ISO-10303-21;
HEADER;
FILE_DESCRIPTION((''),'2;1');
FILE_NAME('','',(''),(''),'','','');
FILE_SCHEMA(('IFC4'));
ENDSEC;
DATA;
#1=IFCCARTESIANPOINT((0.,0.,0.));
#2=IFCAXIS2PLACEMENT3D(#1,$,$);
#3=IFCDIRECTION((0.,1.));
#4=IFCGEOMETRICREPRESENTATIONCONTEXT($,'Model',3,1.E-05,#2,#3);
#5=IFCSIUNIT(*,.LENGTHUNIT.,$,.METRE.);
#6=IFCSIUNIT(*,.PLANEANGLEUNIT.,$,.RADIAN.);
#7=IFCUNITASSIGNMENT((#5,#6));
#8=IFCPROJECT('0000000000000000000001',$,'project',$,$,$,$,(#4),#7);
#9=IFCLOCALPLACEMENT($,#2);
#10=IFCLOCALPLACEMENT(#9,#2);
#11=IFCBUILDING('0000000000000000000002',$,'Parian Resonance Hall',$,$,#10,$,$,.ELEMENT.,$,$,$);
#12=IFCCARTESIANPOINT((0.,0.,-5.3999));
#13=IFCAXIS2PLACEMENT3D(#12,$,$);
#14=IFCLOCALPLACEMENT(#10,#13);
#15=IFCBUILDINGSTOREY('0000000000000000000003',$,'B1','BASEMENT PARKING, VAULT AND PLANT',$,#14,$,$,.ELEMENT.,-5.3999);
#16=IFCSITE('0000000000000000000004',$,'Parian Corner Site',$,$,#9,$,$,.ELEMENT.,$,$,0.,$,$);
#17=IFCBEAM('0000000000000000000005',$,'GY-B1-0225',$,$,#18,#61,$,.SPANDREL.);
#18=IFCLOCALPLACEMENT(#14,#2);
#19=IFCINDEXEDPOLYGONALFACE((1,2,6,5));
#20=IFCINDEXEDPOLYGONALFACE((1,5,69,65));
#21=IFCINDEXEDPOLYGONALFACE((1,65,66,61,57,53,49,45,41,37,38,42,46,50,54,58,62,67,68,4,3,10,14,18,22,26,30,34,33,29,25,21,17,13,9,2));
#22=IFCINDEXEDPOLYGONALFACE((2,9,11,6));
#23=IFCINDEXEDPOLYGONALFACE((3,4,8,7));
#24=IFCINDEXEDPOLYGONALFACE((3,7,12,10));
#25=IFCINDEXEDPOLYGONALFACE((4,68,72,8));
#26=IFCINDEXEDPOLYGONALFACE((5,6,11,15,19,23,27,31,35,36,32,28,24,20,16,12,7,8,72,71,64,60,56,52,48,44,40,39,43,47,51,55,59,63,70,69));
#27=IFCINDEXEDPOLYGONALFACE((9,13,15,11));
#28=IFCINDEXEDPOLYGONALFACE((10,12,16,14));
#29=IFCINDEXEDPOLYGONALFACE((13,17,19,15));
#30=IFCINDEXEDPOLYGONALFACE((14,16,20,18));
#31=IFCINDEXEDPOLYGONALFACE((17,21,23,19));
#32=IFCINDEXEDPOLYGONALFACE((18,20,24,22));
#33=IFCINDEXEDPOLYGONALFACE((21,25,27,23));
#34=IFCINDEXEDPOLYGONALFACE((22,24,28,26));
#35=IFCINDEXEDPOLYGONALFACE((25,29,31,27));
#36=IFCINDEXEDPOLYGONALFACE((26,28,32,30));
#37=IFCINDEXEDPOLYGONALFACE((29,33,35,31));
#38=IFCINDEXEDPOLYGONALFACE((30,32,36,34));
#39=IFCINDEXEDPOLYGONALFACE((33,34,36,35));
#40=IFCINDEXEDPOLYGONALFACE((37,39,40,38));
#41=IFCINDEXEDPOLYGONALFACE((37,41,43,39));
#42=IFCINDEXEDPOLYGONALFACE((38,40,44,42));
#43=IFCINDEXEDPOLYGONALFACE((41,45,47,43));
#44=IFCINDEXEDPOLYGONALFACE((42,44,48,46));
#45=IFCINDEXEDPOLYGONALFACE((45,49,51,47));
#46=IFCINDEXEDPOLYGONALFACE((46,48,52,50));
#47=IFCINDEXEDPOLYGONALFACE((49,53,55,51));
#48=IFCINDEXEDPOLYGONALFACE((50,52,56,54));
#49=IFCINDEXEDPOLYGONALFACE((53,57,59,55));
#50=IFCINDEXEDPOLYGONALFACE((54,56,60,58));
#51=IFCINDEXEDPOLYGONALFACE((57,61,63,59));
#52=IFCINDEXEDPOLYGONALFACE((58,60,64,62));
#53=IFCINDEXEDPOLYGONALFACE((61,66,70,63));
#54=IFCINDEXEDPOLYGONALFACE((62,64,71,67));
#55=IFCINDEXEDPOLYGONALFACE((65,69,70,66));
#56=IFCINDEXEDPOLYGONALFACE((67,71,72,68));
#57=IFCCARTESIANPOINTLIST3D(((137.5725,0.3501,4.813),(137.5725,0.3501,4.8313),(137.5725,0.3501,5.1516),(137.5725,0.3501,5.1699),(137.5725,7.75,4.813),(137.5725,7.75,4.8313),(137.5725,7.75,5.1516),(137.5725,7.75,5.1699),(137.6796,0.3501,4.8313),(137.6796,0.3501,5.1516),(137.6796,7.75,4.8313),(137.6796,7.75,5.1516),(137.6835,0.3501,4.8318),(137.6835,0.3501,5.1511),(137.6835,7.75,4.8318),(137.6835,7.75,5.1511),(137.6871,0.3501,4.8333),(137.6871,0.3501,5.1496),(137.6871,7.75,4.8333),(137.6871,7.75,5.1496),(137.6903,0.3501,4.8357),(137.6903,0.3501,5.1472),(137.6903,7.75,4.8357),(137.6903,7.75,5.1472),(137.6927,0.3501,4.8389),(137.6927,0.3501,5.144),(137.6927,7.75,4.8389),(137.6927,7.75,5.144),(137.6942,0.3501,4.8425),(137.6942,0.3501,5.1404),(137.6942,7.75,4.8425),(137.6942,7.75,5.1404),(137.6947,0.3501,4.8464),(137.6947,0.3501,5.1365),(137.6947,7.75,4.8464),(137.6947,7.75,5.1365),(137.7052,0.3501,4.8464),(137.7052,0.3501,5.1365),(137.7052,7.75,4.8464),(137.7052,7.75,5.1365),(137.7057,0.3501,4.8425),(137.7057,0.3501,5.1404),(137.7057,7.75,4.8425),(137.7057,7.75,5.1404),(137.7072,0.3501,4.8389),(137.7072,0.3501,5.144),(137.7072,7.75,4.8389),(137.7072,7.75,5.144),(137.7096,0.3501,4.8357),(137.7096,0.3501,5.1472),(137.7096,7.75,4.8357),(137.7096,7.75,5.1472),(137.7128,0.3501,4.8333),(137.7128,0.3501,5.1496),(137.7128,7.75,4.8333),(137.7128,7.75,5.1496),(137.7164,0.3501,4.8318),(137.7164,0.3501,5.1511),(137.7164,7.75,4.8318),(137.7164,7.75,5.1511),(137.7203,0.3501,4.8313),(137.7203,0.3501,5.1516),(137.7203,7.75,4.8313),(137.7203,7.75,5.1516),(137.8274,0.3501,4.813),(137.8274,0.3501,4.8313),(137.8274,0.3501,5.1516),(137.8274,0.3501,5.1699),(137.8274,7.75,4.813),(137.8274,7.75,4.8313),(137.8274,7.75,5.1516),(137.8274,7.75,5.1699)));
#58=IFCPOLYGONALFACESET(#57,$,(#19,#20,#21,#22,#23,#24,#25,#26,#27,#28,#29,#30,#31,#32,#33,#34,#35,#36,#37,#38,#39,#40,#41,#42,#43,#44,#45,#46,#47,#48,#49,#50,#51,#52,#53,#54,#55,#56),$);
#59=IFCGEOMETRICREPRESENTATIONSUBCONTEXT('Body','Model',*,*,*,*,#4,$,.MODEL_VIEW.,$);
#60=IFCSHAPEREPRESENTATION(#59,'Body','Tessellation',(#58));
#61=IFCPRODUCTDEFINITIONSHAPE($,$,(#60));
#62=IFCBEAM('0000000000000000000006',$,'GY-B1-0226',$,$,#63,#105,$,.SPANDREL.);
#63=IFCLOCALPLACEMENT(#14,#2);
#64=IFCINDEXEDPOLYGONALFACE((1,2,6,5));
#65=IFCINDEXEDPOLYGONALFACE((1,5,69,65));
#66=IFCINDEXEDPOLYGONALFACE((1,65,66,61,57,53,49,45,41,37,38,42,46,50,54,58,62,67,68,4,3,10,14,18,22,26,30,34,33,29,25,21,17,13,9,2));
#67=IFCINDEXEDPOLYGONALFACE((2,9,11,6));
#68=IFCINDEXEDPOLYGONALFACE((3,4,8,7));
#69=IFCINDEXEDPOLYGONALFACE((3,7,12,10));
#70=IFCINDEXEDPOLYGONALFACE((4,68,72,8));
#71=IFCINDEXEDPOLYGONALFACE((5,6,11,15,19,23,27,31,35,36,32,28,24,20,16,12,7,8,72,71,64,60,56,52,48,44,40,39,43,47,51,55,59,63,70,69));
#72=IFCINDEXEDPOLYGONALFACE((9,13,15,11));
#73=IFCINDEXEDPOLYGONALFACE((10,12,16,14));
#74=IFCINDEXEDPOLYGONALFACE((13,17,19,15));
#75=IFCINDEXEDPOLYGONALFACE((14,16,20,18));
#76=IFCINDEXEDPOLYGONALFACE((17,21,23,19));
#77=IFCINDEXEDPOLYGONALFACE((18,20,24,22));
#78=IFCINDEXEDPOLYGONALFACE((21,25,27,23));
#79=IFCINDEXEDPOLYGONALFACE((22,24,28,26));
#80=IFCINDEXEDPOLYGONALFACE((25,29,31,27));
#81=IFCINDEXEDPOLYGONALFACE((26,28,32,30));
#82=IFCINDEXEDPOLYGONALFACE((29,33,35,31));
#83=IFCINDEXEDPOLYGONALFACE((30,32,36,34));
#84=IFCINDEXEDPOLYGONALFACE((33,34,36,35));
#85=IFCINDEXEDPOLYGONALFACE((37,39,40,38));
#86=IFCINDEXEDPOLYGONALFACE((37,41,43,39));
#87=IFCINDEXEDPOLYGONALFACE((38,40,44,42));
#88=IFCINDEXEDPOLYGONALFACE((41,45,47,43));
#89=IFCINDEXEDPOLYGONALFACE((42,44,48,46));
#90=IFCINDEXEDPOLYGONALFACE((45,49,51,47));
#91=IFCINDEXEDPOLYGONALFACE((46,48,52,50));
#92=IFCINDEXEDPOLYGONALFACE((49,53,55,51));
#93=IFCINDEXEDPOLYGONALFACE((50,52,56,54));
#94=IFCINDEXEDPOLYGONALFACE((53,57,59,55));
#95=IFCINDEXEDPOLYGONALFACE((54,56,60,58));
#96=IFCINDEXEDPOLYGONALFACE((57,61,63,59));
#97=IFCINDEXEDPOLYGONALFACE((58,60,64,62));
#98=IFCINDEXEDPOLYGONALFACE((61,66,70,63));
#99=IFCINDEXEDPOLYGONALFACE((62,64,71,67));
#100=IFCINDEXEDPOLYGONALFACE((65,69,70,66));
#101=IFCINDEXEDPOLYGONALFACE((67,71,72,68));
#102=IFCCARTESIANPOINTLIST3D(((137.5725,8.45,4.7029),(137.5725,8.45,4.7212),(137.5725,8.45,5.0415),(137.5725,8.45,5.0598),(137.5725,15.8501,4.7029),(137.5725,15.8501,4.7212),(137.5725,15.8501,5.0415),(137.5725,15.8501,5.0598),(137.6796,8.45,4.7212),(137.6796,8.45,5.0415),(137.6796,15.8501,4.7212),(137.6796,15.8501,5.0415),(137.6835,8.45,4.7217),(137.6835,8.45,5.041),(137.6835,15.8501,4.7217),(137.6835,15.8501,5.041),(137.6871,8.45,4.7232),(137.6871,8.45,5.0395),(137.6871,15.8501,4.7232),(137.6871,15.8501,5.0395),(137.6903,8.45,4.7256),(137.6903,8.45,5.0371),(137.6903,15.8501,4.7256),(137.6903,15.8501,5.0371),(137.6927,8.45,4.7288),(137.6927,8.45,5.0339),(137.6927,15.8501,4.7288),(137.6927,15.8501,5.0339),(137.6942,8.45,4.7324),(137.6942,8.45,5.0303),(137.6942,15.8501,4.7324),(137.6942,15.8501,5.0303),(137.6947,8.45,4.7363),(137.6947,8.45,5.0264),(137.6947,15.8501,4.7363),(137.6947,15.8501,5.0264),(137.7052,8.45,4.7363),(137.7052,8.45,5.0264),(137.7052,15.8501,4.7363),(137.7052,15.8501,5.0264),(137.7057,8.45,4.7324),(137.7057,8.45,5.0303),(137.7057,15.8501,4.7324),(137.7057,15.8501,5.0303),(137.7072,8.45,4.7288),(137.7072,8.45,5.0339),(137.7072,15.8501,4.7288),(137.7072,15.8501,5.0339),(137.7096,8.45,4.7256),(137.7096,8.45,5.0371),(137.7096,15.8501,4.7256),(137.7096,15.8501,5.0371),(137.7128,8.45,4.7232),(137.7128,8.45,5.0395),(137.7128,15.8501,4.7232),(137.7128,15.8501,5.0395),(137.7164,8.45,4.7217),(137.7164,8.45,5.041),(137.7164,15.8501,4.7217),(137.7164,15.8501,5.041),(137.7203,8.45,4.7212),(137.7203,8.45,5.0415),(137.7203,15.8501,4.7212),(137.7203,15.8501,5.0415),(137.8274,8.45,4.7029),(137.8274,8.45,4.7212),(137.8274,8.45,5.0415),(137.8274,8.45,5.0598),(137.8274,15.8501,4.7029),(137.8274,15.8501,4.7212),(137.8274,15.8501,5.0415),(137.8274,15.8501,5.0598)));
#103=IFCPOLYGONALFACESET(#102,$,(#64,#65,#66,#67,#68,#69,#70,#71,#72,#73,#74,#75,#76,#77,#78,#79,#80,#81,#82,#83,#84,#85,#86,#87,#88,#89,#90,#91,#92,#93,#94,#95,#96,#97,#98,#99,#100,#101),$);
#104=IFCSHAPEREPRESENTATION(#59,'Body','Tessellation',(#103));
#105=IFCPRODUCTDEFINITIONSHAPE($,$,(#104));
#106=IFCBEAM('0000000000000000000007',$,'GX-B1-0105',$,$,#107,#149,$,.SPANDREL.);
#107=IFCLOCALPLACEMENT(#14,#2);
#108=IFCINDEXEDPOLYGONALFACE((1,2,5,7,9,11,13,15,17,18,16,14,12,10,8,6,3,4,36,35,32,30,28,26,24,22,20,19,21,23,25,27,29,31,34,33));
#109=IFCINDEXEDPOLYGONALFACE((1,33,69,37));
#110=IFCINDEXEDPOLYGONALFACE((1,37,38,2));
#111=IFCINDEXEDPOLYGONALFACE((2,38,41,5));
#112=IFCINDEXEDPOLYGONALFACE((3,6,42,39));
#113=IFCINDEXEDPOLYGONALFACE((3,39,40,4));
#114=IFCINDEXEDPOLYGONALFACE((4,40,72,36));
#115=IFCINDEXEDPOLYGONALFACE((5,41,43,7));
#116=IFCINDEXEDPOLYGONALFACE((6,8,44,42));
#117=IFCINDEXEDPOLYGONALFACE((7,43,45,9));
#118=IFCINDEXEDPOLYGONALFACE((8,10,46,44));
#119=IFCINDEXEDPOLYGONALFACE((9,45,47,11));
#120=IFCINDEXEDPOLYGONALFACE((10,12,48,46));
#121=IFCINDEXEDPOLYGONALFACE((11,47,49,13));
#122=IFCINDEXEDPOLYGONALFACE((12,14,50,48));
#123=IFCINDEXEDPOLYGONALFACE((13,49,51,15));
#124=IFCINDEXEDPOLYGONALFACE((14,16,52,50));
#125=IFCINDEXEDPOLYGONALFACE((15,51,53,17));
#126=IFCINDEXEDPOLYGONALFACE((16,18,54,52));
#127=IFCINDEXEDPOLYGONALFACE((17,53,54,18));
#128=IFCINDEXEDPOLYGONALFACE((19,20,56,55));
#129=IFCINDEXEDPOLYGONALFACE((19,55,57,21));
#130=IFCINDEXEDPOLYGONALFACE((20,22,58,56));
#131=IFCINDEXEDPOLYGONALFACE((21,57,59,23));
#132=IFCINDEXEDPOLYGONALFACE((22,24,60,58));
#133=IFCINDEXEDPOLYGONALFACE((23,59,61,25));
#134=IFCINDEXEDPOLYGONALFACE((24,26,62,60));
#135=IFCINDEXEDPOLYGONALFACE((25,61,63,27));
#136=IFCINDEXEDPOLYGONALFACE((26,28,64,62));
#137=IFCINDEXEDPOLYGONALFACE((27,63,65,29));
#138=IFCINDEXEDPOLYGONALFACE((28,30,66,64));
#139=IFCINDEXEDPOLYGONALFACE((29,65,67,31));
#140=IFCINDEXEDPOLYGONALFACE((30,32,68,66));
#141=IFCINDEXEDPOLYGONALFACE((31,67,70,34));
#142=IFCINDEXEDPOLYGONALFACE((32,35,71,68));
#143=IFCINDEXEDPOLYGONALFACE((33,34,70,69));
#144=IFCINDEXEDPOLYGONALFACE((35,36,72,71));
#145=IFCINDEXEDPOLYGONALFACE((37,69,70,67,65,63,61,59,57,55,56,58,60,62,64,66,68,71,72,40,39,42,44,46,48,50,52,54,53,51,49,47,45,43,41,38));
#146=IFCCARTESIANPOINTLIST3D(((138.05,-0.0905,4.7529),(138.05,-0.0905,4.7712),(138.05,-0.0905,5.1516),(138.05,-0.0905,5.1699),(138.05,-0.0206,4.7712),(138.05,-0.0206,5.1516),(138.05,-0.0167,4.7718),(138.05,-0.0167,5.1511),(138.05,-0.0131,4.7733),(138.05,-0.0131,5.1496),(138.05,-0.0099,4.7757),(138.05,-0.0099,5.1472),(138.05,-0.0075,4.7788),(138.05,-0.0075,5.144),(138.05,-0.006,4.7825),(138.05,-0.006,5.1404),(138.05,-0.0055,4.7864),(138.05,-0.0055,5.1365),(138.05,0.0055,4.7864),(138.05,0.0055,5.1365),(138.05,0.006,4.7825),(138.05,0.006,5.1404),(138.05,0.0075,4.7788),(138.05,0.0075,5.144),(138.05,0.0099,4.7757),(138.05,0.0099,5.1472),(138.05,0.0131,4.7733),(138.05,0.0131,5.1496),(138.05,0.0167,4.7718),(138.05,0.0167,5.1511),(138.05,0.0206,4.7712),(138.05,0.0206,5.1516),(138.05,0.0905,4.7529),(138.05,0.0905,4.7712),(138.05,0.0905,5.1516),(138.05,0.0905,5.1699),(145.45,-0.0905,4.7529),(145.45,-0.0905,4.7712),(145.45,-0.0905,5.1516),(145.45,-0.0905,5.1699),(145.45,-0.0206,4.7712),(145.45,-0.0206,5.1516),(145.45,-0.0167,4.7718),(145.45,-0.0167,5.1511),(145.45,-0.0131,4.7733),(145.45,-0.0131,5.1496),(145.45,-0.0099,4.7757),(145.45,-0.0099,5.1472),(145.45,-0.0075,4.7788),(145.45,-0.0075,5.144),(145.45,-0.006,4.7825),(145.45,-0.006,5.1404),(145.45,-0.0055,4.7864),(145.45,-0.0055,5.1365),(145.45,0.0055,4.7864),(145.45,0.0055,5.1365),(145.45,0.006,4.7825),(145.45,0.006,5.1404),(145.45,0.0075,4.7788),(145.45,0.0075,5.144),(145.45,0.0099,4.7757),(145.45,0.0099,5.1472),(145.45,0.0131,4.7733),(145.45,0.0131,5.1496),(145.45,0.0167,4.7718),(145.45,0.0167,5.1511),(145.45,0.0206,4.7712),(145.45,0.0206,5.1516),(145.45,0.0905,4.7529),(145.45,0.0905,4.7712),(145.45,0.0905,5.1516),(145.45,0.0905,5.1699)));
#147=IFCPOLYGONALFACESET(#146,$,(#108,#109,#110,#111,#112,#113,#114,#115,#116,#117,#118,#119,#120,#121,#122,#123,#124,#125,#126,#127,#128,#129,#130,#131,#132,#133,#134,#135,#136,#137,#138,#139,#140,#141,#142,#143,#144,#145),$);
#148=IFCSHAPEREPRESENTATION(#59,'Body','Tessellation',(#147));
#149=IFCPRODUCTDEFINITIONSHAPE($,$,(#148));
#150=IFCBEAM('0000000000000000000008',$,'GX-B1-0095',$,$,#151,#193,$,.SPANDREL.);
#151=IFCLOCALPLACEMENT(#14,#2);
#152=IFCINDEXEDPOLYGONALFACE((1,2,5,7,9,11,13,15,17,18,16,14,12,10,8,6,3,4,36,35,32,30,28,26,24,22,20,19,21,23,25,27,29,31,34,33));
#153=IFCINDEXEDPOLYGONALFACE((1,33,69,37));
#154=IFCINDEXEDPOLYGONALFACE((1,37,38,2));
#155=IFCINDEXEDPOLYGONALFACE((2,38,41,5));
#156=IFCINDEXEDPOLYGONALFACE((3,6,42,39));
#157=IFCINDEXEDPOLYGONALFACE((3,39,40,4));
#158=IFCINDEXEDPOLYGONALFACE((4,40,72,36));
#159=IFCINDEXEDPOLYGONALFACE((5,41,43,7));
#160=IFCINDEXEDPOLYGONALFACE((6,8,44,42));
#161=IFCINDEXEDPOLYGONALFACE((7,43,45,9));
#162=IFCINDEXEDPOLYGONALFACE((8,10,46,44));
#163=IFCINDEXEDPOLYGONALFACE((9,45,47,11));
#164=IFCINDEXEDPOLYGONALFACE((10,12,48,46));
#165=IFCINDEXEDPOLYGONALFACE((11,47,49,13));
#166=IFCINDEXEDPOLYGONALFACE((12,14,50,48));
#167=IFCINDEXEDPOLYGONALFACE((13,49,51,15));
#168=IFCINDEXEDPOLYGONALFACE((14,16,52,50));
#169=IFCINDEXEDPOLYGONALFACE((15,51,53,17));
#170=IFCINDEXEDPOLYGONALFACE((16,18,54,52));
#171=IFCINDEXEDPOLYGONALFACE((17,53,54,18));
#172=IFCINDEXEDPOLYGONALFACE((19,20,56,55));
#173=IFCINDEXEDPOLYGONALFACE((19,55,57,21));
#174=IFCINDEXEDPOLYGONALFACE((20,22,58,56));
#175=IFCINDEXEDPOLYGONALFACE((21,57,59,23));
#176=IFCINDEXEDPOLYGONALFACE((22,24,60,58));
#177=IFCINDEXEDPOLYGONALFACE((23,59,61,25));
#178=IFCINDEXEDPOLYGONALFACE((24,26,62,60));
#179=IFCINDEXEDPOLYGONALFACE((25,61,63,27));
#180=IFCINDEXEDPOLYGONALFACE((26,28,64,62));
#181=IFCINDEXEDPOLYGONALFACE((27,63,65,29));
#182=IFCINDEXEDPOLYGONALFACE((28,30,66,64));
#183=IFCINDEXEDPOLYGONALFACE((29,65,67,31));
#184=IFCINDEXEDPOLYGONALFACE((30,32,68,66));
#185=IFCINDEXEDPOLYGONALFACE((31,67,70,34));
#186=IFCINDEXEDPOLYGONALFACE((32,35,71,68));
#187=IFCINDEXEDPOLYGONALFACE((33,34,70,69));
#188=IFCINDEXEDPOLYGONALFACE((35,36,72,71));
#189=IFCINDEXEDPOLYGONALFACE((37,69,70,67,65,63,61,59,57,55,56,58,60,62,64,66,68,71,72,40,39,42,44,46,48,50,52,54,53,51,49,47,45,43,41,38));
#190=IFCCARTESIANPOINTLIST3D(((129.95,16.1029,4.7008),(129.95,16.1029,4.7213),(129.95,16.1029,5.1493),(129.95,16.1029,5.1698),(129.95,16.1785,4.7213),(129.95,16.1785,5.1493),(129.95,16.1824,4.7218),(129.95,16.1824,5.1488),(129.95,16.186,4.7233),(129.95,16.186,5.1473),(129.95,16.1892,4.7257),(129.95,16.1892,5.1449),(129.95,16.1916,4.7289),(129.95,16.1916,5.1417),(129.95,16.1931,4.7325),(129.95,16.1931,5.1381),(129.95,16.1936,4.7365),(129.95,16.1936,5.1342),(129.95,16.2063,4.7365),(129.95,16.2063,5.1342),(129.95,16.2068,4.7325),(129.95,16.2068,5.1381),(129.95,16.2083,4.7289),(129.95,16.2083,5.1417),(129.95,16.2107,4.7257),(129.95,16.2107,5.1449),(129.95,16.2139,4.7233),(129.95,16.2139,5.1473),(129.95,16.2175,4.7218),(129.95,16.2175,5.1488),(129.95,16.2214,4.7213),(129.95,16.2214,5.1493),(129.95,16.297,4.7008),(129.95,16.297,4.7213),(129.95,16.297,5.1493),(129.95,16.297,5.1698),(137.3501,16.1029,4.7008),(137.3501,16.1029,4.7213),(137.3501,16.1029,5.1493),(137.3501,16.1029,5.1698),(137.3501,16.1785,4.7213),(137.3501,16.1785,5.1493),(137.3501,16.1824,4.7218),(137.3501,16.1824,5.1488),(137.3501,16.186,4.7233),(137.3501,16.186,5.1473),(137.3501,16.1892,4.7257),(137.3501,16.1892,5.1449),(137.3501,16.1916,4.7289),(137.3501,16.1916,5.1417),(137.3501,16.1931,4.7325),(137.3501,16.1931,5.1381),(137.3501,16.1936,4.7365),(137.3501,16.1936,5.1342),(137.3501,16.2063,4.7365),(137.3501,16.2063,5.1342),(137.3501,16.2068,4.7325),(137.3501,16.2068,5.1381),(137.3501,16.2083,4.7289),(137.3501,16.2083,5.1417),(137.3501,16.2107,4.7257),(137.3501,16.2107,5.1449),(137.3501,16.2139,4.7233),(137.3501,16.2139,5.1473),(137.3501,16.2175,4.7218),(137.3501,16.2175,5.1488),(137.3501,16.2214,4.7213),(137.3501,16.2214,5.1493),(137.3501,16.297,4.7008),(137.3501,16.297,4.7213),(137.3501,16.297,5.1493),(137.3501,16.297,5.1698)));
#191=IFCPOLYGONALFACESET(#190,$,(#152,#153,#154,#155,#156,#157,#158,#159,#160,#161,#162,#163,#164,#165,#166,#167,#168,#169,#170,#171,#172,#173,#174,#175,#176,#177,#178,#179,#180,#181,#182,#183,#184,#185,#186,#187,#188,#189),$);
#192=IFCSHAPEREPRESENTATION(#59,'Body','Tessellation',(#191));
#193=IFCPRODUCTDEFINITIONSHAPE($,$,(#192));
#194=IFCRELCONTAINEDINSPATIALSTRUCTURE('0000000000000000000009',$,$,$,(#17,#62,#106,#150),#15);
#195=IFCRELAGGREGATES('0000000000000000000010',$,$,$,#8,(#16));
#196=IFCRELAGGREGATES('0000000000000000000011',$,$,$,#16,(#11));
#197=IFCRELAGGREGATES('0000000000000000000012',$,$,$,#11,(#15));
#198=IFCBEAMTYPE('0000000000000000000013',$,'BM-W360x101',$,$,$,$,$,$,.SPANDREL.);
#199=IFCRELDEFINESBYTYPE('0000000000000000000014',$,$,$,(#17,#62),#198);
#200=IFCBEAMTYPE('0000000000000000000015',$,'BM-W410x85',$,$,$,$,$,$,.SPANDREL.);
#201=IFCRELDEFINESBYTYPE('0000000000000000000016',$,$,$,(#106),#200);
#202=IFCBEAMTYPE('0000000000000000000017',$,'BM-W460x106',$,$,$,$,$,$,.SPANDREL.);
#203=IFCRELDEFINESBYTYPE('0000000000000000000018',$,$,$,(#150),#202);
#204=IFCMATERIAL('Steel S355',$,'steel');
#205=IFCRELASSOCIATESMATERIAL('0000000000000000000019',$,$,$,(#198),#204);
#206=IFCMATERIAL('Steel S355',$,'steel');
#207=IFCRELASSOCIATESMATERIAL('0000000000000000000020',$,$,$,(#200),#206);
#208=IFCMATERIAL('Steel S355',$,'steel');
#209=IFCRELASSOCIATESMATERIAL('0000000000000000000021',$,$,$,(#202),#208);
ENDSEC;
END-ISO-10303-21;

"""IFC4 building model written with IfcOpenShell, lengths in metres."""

from ifc_helpers import new_model, si_unit, direction, frame, origin, origin_2d, place, context, subcontext, project, spatial, i_section, extrude, material, material_profile, profile_set, type_object, element, save


model = new_model("IFC4")

# Units and contexts
model_context = context("Model", 3, precision=1e-05, world=origin(), true_north=direction((0.0, 1.0)))
body_context = subcontext(model_context, "Body", "Model", "MODEL_VIEW")
ifc_project = project(units=[si_unit("LENGTHUNIT", "METRE"), si_unit("PLANEANGLEUNIT", "RADIAN")], contexts=[model_context])

# Site, building, storey
site_placement = place(None, origin())
site = spatial("IfcSite", under=ifc_project, at=site_placement, Name="Parian Corner Site", CompositionType="ELEMENT", RefElevation=0.0)
building_placement = place(site_placement, origin())
building = spatial("IfcBuilding", under=site, at=building_placement, Name="Parian Resonance Hall", CompositionType="ELEMENT")
storey_placement = place(building_placement, frame((0.0, 0.0, -5.3999)))
storey = spatial("IfcBuildingStorey", under=building, at=storey_placement, Name="B1", Description="BASEMENT PARKING, VAULT AND PLANT", CompositionType="ELEMENT", Elevation=-5.3999)

# Beams
ifc_material_1 = material(Name="Steel S355", Category="steel")
ifc_material_profile_1 = material_profile(ifc_material_1, i_section(OverallWidth=0.2549, OverallDepth=0.3569, WebThickness=0.0105, FlangeThickness=0.0183, FilletRadius=0.0151, at=origin_2d()), Name="W360x101")
ifc_profile_set_1 = profile_set([ifc_material_profile_1], Name="Steel S355")
beam_type_1 = type_object("IfcBeamType", Name="BM-W360x101", PredefinedType="SPANDREL", material=ifc_profile_set_1)
beam_1_placement = place(storey_placement, frame((137.7, 0.3501, 4.9915), z_axis=(0.0, 1.0, 0.0), x_axis=(-1.0, 0.0, 0.0)))
element("IfcBeam", 1, at=beam_1_placement, inside=storey, type_object=beam_type_1, Name="GY-B1-0225", PredefinedType="SPANDREL", context=body_context, shape_type="SweptSolid", body=[
    extrude(i_section(OverallWidth=0.2549, OverallDepth=0.3569, WebThickness=0.0105, FlangeThickness=0.0183, FilletRadius=0.0151, at=origin_2d()), origin(), (0.0, 0.0, 1.0), 7.3999),
])
beam_2_placement = place(storey_placement, frame((137.7, 8.45, 4.8813), z_axis=(0.0, 1.0, 0.0), x_axis=(-1.0, 0.0, 0.0)))
element("IfcBeam", 2, at=beam_2_placement, inside=storey, type_object=beam_type_1, Name="GY-B1-0226", PredefinedType="SPANDREL", context=body_context, shape_type="SweptSolid", body=[
    extrude(i_section(OverallWidth=0.2549, OverallDepth=0.3569, WebThickness=0.0105, FlangeThickness=0.0183, FilletRadius=0.0151, at=origin_2d()), origin(), (0.0, 0.0, 1.0), 7.4001),
])
ifc_material_2 = material(Name="Steel S355", Category="steel")
ifc_material_profile_2 = material_profile(ifc_material_2, i_section(OverallWidth=0.1809, OverallDepth=0.417, WebThickness=0.011, FlangeThickness=0.0183, FilletRadius=0.0151, at=origin_2d()), Name="W410x85")
ifc_profile_set_2 = profile_set([ifc_material_profile_2], Name="Steel S355")
beam_type_2 = type_object("IfcBeamType", Name="BM-W410x85", PredefinedType="SPANDREL", material=ifc_profile_set_2)
beam_3_placement = place(storey_placement, frame((138.05, 0.0, 4.9614), z_axis=(1.0, 0.0, 0.0), x_axis=(0.0, 1.0, 0.0)))
element("IfcBeam", 3, at=beam_3_placement, inside=storey, type_object=beam_type_2, Name="GX-B1-0105", PredefinedType="SPANDREL", context=body_context, shape_type="SweptSolid", body=[
    extrude(i_section(OverallWidth=0.1809, OverallDepth=0.417, WebThickness=0.011, FlangeThickness=0.0183, FilletRadius=0.0151, at=origin_2d()), origin(), (0.0, 0.0, 1.0), 7.3999),
])
ifc_material_3 = material(Name="Steel S355", Category="steel")
ifc_material_profile_3 = material_profile(ifc_material_3, i_section(OverallWidth=0.1941, OverallDepth=0.469, WebThickness=0.0127, FlangeThickness=0.0205, FilletRadius=0.0151, at=origin_2d()), Name="W460x106")
ifc_profile_set_3 = profile_set([ifc_material_profile_3], Name="Steel S355")
beam_type_3 = type_object("IfcBeamType", Name="BM-W460x106", PredefinedType="SPANDREL", material=ifc_profile_set_3)
for number, where, z_axis, x_axis, name in (
    (4, (129.95, 16.2, 4.9353), (1.0, 0.0, 0.0), (0.0, 1.0, 0.0), "GX-B1-0095"),
):
    element("IfcBeam", number, at=place(storey_placement, frame(where, z_axis=z_axis, x_axis=x_axis)), inside=storey, type_object=beam_type_3, Name=name, PredefinedType="SPANDREL", context=body_context, shape_type="SweptSolid", body=[
        extrude(i_section(OverallWidth=0.1941, OverallDepth=0.469, WebThickness=0.0127, FlangeThickness=0.0205, FilletRadius=0.0151, at=origin_2d()), origin(), (0.0, 0.0, 1.0), 7.4001),
    ])

save(model, "model.ifc")
